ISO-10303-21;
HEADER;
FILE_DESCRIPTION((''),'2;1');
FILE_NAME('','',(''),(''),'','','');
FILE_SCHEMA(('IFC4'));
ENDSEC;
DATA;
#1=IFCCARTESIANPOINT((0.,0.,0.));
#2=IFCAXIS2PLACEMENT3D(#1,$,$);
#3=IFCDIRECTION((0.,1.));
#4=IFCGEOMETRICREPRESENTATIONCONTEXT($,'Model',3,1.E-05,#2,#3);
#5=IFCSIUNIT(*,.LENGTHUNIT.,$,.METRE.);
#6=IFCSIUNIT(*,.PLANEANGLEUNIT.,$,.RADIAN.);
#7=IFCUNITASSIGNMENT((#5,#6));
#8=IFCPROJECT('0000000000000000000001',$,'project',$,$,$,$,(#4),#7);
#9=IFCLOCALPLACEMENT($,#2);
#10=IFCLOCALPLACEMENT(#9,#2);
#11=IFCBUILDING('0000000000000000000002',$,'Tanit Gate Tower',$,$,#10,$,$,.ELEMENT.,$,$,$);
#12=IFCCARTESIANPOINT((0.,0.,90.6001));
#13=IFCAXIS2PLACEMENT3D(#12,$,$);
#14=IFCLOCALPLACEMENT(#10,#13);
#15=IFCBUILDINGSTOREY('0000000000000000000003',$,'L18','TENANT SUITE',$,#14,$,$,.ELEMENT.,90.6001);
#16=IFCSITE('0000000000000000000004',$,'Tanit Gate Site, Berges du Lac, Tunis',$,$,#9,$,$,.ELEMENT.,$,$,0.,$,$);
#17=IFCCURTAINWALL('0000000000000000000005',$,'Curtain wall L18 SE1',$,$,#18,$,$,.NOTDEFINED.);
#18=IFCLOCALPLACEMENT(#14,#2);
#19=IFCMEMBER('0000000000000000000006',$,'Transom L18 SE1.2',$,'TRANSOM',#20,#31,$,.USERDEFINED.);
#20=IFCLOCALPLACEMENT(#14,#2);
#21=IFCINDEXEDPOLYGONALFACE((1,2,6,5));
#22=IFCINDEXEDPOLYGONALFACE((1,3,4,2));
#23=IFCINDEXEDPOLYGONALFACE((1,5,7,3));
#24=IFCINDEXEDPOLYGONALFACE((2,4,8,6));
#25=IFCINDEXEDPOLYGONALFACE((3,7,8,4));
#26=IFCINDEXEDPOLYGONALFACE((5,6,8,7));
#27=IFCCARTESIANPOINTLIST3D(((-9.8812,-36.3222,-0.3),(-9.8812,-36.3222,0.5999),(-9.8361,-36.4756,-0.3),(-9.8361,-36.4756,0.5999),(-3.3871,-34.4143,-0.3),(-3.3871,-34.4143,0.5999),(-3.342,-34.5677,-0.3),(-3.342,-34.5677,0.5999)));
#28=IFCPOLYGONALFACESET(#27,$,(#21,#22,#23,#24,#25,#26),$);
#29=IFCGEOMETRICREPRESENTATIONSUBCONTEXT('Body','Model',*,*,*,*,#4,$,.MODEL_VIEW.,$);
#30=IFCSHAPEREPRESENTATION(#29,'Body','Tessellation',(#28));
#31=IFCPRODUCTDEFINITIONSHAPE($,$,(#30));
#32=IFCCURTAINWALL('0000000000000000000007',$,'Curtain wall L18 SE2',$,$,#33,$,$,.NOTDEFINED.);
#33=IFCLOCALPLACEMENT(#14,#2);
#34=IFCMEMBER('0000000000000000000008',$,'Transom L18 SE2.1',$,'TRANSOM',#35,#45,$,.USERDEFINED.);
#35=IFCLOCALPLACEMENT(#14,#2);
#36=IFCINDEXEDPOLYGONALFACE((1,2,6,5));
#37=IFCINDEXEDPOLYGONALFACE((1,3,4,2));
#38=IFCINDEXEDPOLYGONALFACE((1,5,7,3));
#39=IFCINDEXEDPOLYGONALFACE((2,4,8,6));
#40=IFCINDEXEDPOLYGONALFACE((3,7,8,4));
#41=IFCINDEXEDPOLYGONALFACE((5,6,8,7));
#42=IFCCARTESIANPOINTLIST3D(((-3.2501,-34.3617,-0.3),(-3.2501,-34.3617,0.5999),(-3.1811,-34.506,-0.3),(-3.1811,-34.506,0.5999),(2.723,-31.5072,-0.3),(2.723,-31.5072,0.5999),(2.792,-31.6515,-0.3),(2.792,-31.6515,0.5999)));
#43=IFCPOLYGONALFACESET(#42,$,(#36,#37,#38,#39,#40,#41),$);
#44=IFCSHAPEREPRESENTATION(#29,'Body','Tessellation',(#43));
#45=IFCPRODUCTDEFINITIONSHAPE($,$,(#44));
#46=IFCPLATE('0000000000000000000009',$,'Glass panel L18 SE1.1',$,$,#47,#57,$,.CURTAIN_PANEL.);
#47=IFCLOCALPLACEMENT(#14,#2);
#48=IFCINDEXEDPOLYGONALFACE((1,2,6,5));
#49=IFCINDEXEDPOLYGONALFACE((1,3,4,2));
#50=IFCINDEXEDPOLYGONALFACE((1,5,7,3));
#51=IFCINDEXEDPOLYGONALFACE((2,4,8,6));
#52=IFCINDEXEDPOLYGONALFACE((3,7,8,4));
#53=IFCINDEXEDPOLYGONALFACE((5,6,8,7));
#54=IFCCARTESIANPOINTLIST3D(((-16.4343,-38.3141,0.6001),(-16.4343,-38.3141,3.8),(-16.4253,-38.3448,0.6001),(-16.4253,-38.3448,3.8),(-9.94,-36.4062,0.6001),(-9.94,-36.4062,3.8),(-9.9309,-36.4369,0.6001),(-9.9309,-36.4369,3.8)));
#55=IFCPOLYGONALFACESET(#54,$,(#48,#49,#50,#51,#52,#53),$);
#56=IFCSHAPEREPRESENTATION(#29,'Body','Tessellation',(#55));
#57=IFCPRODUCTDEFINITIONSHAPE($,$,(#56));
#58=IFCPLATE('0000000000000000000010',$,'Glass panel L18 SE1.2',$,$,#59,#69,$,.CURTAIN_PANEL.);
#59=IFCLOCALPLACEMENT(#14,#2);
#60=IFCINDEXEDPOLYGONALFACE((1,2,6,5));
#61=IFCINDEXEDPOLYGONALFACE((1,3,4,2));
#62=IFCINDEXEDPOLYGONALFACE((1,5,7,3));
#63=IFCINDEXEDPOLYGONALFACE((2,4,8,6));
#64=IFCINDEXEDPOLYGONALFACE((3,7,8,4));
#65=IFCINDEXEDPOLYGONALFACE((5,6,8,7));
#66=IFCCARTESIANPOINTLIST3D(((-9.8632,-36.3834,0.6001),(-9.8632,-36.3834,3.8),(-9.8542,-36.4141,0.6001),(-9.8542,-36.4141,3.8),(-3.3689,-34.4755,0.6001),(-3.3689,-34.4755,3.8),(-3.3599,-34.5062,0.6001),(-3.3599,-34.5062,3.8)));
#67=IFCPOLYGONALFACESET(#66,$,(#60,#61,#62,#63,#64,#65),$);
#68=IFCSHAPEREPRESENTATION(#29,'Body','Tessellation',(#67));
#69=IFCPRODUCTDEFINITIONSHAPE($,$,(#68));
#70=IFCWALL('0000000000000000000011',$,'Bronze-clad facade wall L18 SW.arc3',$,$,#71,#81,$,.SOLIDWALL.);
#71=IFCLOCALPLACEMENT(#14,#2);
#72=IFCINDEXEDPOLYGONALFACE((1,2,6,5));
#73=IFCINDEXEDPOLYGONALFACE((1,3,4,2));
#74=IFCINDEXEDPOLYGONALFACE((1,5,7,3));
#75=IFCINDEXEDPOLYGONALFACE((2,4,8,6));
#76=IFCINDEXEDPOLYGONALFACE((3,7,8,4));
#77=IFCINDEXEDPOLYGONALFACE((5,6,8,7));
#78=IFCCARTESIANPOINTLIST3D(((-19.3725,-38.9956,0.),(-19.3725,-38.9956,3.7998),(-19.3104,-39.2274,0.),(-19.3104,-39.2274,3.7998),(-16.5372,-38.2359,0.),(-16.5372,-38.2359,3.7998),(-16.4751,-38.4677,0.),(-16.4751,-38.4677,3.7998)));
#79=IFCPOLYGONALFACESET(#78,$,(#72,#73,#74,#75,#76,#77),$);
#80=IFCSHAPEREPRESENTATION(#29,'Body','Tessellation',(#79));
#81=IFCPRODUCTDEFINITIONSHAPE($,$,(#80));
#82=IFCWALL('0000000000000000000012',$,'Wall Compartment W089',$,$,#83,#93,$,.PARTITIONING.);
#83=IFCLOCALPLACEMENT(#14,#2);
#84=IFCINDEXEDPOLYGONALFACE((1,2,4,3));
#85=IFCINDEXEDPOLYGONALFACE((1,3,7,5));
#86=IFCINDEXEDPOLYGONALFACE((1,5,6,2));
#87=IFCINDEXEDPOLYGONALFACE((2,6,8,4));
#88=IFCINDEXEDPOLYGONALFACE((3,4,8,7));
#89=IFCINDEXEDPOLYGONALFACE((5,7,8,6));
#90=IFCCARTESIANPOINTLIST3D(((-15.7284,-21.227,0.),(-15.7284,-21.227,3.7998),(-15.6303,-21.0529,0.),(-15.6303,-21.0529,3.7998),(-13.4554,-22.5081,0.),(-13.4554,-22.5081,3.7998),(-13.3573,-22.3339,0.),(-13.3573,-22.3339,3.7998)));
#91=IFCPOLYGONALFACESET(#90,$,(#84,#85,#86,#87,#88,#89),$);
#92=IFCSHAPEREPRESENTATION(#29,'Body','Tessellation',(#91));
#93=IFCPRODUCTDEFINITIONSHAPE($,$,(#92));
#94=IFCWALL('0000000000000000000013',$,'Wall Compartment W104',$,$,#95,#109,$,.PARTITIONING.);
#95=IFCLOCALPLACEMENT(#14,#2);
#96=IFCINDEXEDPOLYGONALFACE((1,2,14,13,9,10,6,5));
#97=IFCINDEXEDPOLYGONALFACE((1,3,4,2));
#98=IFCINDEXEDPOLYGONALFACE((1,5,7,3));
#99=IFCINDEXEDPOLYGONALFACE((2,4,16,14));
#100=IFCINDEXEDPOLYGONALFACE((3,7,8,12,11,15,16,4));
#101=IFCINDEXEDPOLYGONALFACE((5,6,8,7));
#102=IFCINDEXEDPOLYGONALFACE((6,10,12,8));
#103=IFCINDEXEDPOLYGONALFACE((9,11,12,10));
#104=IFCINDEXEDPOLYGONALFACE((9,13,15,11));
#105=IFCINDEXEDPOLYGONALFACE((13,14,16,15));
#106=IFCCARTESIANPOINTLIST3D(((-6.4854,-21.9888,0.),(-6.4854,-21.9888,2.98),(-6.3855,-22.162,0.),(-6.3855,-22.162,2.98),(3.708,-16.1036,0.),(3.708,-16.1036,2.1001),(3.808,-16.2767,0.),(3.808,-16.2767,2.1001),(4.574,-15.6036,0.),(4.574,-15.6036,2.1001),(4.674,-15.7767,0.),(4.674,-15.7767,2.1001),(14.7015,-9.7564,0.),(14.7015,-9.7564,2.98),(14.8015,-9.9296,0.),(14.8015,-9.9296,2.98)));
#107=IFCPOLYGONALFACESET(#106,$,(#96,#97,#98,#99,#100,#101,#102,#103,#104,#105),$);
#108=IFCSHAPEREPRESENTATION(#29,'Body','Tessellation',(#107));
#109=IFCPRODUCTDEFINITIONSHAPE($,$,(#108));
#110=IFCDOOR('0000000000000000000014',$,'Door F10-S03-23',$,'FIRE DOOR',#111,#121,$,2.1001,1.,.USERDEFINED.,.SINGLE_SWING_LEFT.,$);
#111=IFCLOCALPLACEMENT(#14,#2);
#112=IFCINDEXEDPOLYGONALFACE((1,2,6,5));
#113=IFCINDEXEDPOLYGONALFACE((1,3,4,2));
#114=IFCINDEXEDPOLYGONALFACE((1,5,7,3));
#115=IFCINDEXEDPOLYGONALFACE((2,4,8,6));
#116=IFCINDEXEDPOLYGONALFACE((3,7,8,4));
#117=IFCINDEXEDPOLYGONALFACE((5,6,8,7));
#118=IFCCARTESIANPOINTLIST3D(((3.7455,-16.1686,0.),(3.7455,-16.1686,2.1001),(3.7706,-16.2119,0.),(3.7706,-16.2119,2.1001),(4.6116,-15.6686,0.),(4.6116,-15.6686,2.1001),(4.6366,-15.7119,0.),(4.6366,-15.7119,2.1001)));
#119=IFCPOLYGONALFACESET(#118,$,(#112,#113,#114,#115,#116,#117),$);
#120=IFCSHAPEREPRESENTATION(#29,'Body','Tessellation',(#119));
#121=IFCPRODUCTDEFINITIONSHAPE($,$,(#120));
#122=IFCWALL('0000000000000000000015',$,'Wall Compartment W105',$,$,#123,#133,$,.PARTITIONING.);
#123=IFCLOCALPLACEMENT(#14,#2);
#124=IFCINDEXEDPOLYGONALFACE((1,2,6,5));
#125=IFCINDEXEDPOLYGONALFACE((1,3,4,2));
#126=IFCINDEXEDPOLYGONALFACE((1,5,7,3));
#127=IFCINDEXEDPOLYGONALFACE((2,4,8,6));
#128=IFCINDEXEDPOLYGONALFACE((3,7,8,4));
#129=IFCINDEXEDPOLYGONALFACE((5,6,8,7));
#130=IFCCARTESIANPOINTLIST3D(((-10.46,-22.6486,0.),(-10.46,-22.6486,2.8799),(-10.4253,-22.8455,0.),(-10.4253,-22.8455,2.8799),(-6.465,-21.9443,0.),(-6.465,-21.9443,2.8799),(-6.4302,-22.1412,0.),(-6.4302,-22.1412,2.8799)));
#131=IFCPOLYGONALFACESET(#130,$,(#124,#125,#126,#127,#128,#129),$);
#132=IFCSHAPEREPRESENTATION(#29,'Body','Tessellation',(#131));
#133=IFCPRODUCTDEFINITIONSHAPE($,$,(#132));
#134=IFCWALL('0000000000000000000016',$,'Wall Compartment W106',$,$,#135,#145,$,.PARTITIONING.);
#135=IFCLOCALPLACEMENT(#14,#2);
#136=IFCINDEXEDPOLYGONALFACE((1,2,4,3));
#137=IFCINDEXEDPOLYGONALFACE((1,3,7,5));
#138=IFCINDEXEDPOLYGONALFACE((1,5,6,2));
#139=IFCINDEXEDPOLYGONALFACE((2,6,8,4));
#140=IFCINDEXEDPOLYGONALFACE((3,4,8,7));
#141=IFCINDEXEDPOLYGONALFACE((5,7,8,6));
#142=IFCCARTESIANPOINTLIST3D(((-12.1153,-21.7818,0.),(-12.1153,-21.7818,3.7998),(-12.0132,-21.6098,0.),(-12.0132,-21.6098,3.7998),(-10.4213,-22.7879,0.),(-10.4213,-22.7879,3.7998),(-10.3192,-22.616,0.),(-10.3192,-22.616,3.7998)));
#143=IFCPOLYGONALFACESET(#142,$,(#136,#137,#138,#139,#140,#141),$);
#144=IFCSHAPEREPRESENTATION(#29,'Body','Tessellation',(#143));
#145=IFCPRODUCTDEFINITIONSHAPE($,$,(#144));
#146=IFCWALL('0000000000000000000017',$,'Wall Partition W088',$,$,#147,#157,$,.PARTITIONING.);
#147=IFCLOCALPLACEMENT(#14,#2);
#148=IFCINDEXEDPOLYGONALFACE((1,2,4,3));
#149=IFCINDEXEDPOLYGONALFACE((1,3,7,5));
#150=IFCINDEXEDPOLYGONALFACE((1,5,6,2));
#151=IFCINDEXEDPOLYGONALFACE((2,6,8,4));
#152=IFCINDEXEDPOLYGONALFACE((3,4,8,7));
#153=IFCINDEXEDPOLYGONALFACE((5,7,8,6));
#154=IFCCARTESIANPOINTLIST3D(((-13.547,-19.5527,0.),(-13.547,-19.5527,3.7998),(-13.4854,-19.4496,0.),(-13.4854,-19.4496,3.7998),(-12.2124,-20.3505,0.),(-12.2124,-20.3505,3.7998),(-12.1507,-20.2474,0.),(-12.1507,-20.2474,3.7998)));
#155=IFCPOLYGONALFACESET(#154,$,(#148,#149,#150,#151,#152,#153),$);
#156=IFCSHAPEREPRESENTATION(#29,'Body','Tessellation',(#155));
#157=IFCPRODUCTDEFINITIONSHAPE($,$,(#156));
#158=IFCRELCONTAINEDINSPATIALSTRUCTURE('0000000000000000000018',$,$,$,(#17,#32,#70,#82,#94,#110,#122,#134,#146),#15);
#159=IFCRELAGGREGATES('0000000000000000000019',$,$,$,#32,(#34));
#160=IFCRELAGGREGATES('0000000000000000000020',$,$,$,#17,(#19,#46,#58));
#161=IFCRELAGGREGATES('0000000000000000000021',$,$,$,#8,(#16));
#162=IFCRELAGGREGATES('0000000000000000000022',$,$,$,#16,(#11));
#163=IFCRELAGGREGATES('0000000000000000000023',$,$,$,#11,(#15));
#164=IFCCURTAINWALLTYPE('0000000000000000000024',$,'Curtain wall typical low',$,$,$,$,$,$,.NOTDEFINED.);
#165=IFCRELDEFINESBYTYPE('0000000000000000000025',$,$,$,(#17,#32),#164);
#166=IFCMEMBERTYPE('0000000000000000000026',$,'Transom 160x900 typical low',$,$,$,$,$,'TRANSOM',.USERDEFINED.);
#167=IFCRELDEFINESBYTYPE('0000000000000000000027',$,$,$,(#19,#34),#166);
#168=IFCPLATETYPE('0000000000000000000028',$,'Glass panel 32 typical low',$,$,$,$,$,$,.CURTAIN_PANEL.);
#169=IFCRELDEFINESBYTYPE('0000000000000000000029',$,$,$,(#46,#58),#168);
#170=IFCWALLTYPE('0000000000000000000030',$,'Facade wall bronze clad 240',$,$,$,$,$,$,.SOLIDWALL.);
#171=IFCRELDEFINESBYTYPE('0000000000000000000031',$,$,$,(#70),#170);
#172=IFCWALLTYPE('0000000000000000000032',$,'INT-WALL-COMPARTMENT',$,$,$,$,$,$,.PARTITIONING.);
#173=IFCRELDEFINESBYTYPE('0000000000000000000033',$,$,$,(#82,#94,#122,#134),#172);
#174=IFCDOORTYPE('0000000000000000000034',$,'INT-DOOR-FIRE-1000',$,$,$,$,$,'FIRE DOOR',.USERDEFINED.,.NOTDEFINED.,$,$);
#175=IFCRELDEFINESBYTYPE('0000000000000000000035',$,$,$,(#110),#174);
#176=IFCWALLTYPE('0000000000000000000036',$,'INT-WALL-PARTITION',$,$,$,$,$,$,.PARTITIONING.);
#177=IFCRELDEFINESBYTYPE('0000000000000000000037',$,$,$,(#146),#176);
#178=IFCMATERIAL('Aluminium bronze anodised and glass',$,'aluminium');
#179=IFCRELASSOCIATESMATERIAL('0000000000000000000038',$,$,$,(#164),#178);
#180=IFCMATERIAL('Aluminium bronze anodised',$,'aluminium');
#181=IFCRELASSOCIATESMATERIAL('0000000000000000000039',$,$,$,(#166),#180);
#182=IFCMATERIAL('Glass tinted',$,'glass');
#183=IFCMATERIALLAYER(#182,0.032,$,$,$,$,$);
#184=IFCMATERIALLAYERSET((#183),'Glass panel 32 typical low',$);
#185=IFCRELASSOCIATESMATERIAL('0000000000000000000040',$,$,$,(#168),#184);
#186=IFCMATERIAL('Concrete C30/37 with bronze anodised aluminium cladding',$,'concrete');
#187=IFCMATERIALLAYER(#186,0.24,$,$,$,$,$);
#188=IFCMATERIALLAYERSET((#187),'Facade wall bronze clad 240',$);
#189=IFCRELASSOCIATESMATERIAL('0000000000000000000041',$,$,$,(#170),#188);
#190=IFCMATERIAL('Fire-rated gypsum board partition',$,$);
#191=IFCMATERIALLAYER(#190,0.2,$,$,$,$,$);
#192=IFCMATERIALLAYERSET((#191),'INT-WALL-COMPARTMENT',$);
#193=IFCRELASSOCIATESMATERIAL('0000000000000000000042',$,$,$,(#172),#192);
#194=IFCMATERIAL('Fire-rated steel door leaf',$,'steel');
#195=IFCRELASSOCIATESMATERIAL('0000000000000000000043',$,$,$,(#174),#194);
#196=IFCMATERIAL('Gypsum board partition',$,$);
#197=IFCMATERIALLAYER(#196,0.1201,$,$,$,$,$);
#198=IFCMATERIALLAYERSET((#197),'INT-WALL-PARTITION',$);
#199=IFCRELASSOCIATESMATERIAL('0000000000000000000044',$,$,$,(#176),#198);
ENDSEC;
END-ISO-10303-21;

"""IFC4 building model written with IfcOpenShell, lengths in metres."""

from ifc_helpers import new_model, si_unit, direction, frame, frame_2d, origin, origin_2d, place, context, subcontext, project, spatial, rectangle, extrude, material, layer, layer_set, material_profile, profile_set, type_object, element, fill, aggregate, save


model = new_model("IFC4")

# Units and contexts
model_context = context("Model", 3, precision=1e-05, world=origin(), true_north=direction((0.0, 1.0)))
body_context = subcontext(model_context, "Body", "Model", "MODEL_VIEW")
ifc_project = project(units=[si_unit("LENGTHUNIT", "METRE"), si_unit("PLANEANGLEUNIT", "RADIAN")], contexts=[model_context])

# Site, building, storey
site_placement = place(None, origin())
site = spatial("IfcSite", under=ifc_project, at=site_placement, Name="Tanit Gate Site, Berges du Lac, Tunis", CompositionType="ELEMENT", RefElevation=0.0)
building_placement = place(site_placement, origin())
building = spatial("IfcBuilding", under=site, at=building_placement, Name="Tanit Gate Tower", CompositionType="ELEMENT")
storey_placement = place(building_placement, frame((0.0, 0.0, 90.6001)))
storey = spatial("IfcBuildingStorey", under=building, at=storey_placement, Name="L18", Description="TENANT SUITE", CompositionType="ELEMENT", Elevation=90.6001)

# Curtain wall
ifc_material_1 = material(Name="Aluminium bronze anodised and glass", Category="aluminium")
curtain_wall_type = type_object("IfcCurtainWallType", Name="Curtain wall typical low", PredefinedType="NOTDEFINED", material=ifc_material_1)
curtain_wall_1_placement = place(storey_placement, origin())
curtain_wall_1 = element("IfcCurtainWall", 1, at=curtain_wall_1_placement, inside=storey, type_object=curtain_wall_type, Name="Curtain wall L18 SE1", PredefinedType="NOTDEFINED")

# Member
ifc_material_2 = material(Name="Aluminium bronze anodised", Category="aluminium")
ifc_material_profile_1 = material_profile(ifc_material_2, rectangle(XDim=0.1599, YDim=0.8999, at=origin_2d()), Name="160x900 bronze transom")
ifc_profile_set_1 = profile_set([ifc_material_profile_1], Name="Aluminium bronze anodised")
member_type_1 = type_object("IfcMemberType", Name="Transom 160x900 typical low", ElementType="TRANSOM", PredefinedType="USERDEFINED", material=ifc_profile_set_1)
member_1_placement = place(storey_placement, frame((-9.8586, -36.3989, 0.1499), z_axis=(0.959449, 0.281883, 0.0), x_axis=(-0.281883, 0.959449, 0.0)))
member_1 = element("IfcMember", 2, at=member_1_placement, type_object=member_type_1, Name="Transom L18 SE1.2", ObjectType="TRANSOM", PredefinedType="USERDEFINED", context=body_context, shape_type="SweptSolid", body=[
    extrude(rectangle(XDim=0.1599, YDim=0.8999, at=origin_2d()), origin(), (0.0, 0.0, 1.0), 6.7686),
])

# Curtain wall, member
curtain_wall_2_placement = place(storey_placement, origin())
curtain_wall_2 = element("IfcCurtainWall", 3, at=curtain_wall_2_placement, inside=storey, type_object=curtain_wall_type, Name="Curtain wall L18 SE2", PredefinedType="NOTDEFINED")
member_2_placement = place(storey_placement, frame((-3.2156, -34.4338, 0.1499), z_axis=(0.902265, 0.431181, 0.0), x_axis=(-0.431181, 0.902265, 0.0)))
member_2 = element("IfcMember", 4, at=member_2_placement, type_object=member_type_1, Name="Transom L18 SE2.1", ObjectType="TRANSOM", PredefinedType="USERDEFINED", context=body_context, shape_type="SweptSolid", body=[
    extrude(rectangle(XDim=0.1599, YDim=0.8999, at=origin_2d()), origin(), (0.0, 0.0, 1.0), 6.6201),
])
aggregate(curtain_wall_2, [member_2])

# Plates
ifc_material_3 = material(Name="Glass tinted", Category="glass")
ifc_layer_1 = layer(ifc_material_3, 0.032)
ifc_layer_set_1 = layer_set([ifc_layer_1], Name="Glass panel 32 typical low")
plate_type = type_object("IfcPlateType", Name="Glass panel 32 typical low", PredefinedType="CURTAIN_PANEL", material=ifc_layer_set_1)
plate_1_placement = place(storey_placement, frame((-13.1826, -37.3755, 0.6001), z_axis=(0.0, 0.0, 1.0), x_axis=(0.959452, 0.281871, 0.0)))
plate_1 = element("IfcPlate", 5, at=plate_1_placement, type_object=plate_type, Name="Glass panel L18 SE1.1", PredefinedType="CURTAIN_PANEL", context=body_context, shape_type="SweptSolid", body=[
    extrude(rectangle(XDim=6.7688, YDim=0.032, at=origin_2d()), origin(), (0.0, 0.0, 1.0), 3.2),
])
plate_2_placement = place(storey_placement, frame((-6.6116, -35.4448, 0.6001), z_axis=(0.0, 0.0, 1.0), x_axis=(0.959452, 0.281871, 0.0)))
plate_2 = element("IfcPlate", 6, at=plate_2_placement, type_object=plate_type, Name="Glass panel L18 SE1.2", PredefinedType="CURTAIN_PANEL", context=body_context, shape_type="SweptSolid", body=[
    extrude(rectangle(XDim=6.7688, YDim=0.032, at=origin_2d()), origin(), (0.0, 0.0, 1.0), 3.2),
])
aggregate(curtain_wall_1, [member_1, plate_1, plate_2])

# Walls
ifc_material_4 = material(Name="Concrete C30/37 with bronze anodised aluminium cladding", Category="concrete")
ifc_layer_2 = layer(ifc_material_4, 0.24)
ifc_layer_set_2 = layer_set([ifc_layer_2], Name="Facade wall bronze clad 240")
wall_type_1 = type_object("IfcWallType", Name="Facade wall bronze clad 240", PredefinedType="SOLIDWALL", material=ifc_layer_set_2)
wall_1_placement = place(storey_placement, frame((-19.3416, -39.1116, 0.0), z_axis=(0.0, 0.0, 1.0), x_axis=(0.965919, 0.258843, 0.0)))
element("IfcWall", 7, at=wall_1_placement, inside=storey, type_object=wall_type_1, Name="Bronze-clad facade wall L18 SW.arc3", PredefinedType="SOLIDWALL", context=body_context, shape_type="SweptSolid", body=[
    extrude(rectangle(XDim=2.9353, YDim=0.24, at=frame_2d((1.4678, 0.0))), origin(), (0.0, 0.0, 1.0), 3.7998),
])
ifc_material_5 = material(Name="Fire-rated gypsum board partition")
ifc_layer_3 = layer(ifc_material_5, 0.2)
ifc_layer_set_3 = layer_set([ifc_layer_3], Name="INT-WALL-COMPARTMENT")
wall_type_2 = type_object("IfcWallType", Name="INT-WALL-COMPARTMENT", PredefinedType="PARTITIONING", material=ifc_layer_set_3)
wall_2_placement = place(storey_placement, frame((-15.6794, -21.1399, 0.0), z_axis=(0.0, 0.0, 1.0), x_axis=(0.87117, -0.490981, 0.0)))
element("IfcWall", 8, at=wall_2_placement, inside=storey, type_object=wall_type_2, Name="Wall Compartment W089", PredefinedType="PARTITIONING", context=body_context, shape_type="SweptSolid", body=[
    extrude(rectangle(XDim=2.6091, YDim=0.2, at=frame_2d((1.3047, 0.0))), origin(), (0.0, 0.0, 1.0), 3.7998),
])

# Wall, opening, door
wall_3_placement = place(storey_placement, frame((-6.4355, -22.0754, 0.0), z_axis=(0.0, 0.0, 1.0), x_axis=(0.866024, 0.500003, 0.0)))
wall_3 = element("IfcWall", 9, at=wall_3_placement, inside=storey, type_object=wall_type_2, Name="Wall Compartment W104", PredefinedType="PARTITIONING", context=body_context, shape_type="SweptSolid", body=[
    extrude(rectangle(XDim=24.4646, YDim=0.2, at=frame_2d((12.2324, 0.0))), origin(), (0.0, 0.0, 1.0), 2.98),
])
opening_1_placement = place(wall_3_placement, frame((11.7705, 0.0, 0.0)))
opening_1 = element("IfcOpeningElement", 10, at=opening_1_placement, cuts=wall_3, PredefinedType="OPENING", context=body_context, shape_type="SweptSolid", body=[
    extrude(rectangle(XDim=1.0, YDim=2.1001, at=frame_2d((0.5, 1.05))), frame((0.0, 0.1099, 0.0), z_axis=(0.0, -1.0, 0.0), x_axis=(1.0, 0.0, 0.0)), (0.0, 0.0, 1.0), 0.22),
])
ifc_material_6 = material(Name="Fire-rated steel door leaf", Category="steel")
door_type_1 = type_object("IfcDoorType", Name="INT-DOOR-FIRE-1000", ElementType="FIRE DOOR", OperationType="NOTDEFINED", PredefinedType="USERDEFINED", material=ifc_material_6)
door_1_placement = place(opening_1_placement, origin())
door_1 = element("IfcDoor", 11, at=door_1_placement, inside=storey, type_object=door_type_1, Name="Door F10-S03-23", ObjectType="FIRE DOOR", OperationType="SINGLE_SWING_LEFT", OverallHeight=2.1001, OverallWidth=1.0, PredefinedType="USERDEFINED", context=body_context, shape_type="SweptSolid", body=[
    extrude(rectangle(XDim=1.0, YDim=2.1001, at=frame_2d((0.5, 1.05))), frame((0.0, 0.0249, 0.0), z_axis=(0.0, -1.0, 0.0), x_axis=(1.0, 0.0, 0.0)), (0.0, 0.0, 1.0), 0.05),
])
fill(opening_1, door_1)

# Walls
wall_4_placement = place(storey_placement, frame((-10.4426, -22.7471, 0.0), z_axis=(0.0, 0.0, 1.0), x_axis=(0.984812, 0.173624, 0.0)))
element("IfcWall", 12, at=wall_4_placement, inside=storey, type_object=wall_type_2, Name="Wall Compartment W105", PredefinedType="PARTITIONING", context=body_context, shape_type="SweptSolid", body=[
    extrude(rectangle(XDim=4.0566, YDim=0.2, at=frame_2d((2.0283, 0.0))), origin(), (0.0, 0.0, 1.0), 2.8799),
])
wall_5_placement = place(storey_placement, frame((-12.0642, -21.6958, 0.0), z_axis=(0.0, 0.0, 1.0), x_axis=(0.85977, -0.510682, 0.0)))
element("IfcWall", 13, at=wall_5_placement, inside=storey, type_object=wall_type_2, Name="Wall Compartment W106", PredefinedType="PARTITIONING", context=body_context, shape_type="SweptSolid", body=[
    extrude(rectangle(XDim=1.9702, YDim=0.2, at=frame_2d((0.9851, 0.0))), origin(), (0.0, 0.0, 1.0), 3.7998),
])
ifc_material_7 = material(Name="Gypsum board partition")
ifc_layer_4 = layer(ifc_material_7, 0.1201)
ifc_layer_set_4 = layer_set([ifc_layer_4], Name="INT-WALL-PARTITION")
wall_type_3 = type_object("IfcWallType", Name="INT-WALL-PARTITION", PredefinedType="PARTITIONING", material=ifc_layer_set_4)
wall_6_placement = place(storey_placement, frame((-13.5161, -19.5012, 0.0), z_axis=(0.0, 0.0, 1.0), x_axis=(0.858337, -0.513087, 0.0)))
element("IfcWall", 14, at=wall_6_placement, inside=storey, type_object=wall_type_3, Name="Wall Partition W088", PredefinedType="PARTITIONING", context=body_context, shape_type="SweptSolid", body=[
    extrude(rectangle(XDim=1.5549, YDim=0.1201, at=frame_2d((0.7773, 0.0))), origin(), (0.0, 0.0, 1.0), 3.7998),
])

save(model, "model.ifc")
